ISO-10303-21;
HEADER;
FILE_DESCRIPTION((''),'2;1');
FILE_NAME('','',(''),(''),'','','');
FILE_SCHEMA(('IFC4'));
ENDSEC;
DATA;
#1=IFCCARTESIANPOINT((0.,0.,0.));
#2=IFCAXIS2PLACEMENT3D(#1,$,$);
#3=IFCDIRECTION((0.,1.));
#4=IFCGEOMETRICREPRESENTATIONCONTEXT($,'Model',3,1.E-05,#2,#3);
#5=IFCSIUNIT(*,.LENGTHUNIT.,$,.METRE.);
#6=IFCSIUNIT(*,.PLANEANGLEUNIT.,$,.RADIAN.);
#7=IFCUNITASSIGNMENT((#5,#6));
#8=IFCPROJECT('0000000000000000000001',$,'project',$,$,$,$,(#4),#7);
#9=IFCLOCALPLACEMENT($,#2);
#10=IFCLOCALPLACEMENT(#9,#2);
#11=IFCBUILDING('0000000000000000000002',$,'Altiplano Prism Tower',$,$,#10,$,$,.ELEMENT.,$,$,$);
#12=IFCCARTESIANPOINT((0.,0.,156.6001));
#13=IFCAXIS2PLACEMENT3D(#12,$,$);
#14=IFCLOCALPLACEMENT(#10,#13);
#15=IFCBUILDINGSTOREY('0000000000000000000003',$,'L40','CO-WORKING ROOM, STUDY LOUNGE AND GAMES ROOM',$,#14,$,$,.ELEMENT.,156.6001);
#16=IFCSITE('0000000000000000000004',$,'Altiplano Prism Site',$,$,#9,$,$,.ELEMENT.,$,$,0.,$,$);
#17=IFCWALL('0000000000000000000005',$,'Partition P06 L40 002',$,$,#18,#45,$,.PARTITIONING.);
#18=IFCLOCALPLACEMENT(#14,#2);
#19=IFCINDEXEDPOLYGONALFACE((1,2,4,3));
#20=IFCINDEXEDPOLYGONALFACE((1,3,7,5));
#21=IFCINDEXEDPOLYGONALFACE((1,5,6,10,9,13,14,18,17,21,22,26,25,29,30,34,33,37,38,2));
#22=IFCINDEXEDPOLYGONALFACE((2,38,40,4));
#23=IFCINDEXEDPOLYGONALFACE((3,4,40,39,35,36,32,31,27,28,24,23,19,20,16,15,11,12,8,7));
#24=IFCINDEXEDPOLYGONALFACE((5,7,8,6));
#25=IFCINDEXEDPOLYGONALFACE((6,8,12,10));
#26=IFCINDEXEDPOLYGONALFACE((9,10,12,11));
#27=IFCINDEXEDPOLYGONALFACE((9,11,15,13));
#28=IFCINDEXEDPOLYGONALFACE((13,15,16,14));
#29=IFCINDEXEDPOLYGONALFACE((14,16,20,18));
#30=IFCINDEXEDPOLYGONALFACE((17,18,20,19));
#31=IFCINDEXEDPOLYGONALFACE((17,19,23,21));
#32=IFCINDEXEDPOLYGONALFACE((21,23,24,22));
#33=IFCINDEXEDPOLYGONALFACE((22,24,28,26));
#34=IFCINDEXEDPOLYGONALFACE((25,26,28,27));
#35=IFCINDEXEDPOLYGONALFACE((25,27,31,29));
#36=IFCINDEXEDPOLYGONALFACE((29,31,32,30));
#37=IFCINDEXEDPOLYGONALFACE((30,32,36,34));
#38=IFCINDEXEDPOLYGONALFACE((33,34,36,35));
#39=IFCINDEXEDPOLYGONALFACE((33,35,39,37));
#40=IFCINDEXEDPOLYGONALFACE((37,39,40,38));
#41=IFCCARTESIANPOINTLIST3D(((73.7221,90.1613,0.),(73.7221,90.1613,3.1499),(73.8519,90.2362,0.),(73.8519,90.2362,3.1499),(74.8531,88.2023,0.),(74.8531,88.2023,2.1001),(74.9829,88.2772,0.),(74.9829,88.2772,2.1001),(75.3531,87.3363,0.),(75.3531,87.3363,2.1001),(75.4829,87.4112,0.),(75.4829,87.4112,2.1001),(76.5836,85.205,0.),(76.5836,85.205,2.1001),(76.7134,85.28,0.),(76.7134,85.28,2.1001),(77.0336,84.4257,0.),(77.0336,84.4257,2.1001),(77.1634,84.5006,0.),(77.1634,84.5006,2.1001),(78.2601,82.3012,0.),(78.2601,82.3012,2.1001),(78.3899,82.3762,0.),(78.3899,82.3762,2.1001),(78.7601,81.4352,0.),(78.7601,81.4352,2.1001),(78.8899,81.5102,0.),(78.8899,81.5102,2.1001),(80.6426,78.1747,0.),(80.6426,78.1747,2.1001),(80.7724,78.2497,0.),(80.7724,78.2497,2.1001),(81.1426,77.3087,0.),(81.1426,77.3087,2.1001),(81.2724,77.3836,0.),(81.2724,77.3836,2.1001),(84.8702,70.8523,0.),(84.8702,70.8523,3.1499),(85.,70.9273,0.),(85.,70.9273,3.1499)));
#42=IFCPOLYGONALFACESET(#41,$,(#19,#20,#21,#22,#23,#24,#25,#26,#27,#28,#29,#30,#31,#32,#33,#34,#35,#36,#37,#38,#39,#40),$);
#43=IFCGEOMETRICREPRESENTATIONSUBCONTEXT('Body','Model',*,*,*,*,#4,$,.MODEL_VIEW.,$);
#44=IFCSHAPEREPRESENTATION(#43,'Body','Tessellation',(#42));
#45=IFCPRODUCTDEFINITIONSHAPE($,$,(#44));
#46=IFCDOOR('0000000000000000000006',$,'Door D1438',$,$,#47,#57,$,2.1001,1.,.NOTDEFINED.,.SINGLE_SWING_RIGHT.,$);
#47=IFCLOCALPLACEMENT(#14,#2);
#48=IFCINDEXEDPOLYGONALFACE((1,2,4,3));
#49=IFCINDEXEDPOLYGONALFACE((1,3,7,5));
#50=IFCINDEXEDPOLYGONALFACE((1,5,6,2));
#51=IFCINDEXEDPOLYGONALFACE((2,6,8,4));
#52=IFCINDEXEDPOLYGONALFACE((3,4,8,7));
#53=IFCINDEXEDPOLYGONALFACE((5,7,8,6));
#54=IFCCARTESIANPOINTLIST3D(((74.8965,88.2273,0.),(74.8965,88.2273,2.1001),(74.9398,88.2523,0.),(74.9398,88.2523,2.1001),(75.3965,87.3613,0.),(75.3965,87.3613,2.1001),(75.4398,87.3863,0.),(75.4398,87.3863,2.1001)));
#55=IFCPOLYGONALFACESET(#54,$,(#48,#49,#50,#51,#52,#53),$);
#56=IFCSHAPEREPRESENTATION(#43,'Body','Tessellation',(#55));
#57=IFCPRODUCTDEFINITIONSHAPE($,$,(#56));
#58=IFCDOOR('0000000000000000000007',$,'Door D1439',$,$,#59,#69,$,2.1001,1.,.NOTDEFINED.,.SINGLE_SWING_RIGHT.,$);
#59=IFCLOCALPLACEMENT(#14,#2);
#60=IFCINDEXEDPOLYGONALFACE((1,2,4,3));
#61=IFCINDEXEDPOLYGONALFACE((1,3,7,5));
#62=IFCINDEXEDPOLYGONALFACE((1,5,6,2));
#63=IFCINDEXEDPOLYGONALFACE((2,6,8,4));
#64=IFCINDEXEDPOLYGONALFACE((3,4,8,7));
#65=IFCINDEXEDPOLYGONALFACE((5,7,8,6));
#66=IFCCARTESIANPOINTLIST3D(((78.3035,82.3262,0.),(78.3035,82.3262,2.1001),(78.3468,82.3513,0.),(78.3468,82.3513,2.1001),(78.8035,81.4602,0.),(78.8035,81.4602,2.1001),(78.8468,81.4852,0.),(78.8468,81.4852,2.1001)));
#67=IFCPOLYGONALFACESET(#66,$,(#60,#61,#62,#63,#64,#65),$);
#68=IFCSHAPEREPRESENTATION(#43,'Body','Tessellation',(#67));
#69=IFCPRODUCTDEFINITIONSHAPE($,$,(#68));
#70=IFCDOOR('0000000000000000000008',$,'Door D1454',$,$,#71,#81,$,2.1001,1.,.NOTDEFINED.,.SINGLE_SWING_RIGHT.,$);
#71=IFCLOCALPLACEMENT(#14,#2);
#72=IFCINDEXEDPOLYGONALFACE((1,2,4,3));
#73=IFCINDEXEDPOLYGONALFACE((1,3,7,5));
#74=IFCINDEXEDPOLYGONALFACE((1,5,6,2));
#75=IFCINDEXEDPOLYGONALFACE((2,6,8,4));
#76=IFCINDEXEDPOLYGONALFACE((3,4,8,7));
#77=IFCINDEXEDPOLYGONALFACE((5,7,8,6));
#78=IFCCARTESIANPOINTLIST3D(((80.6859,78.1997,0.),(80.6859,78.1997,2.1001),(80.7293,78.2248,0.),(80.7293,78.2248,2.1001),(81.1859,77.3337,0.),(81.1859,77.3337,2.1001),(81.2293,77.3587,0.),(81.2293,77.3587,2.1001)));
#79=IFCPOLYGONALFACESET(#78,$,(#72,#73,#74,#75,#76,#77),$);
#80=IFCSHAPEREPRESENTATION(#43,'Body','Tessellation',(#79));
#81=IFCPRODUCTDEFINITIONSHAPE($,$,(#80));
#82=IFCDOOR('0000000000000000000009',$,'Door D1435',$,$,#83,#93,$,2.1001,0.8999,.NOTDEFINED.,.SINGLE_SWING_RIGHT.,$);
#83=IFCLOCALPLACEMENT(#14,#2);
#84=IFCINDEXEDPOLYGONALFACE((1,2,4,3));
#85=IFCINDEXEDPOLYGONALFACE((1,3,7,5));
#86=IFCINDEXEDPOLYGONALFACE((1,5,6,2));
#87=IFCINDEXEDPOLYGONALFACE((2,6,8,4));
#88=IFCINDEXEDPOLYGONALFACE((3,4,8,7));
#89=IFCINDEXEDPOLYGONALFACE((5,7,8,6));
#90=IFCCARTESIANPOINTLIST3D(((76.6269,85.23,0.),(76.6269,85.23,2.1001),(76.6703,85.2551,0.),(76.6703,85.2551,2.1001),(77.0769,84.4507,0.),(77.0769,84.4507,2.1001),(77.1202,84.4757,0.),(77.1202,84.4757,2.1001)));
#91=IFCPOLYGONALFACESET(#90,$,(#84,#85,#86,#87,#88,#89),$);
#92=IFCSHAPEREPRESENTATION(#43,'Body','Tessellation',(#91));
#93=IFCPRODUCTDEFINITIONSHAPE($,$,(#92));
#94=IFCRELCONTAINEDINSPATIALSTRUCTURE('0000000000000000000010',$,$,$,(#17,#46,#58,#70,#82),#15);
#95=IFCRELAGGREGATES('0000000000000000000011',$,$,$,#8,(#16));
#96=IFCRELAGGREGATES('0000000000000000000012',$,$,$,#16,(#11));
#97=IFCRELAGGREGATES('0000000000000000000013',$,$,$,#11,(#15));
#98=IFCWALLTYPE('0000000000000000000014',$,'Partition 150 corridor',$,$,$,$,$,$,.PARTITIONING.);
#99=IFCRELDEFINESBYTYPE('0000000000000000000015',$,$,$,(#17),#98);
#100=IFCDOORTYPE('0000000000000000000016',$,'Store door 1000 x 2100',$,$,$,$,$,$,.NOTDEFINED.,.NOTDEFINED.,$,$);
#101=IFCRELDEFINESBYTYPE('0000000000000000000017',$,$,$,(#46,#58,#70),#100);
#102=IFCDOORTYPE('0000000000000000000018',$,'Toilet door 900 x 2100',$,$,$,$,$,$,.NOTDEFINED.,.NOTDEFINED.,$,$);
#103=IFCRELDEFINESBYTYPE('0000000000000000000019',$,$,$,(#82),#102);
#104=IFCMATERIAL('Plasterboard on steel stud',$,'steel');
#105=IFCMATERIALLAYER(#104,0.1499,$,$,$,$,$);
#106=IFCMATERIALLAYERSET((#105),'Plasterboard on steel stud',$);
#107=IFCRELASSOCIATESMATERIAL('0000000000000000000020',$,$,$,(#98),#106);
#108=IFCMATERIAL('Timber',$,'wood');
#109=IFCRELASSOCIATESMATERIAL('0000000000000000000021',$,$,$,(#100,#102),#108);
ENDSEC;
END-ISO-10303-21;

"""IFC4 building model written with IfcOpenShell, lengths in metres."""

from ifc_helpers import new_model, si_unit, direction, frame, frame_2d, origin, place, context, subcontext, project, spatial, rectangle, extrude, material, layer, layer_set, type_object, element, fill, save


model = new_model("IFC4")

# Units and contexts
model_context = context("Model", 3, precision=1e-05, world=origin(), true_north=direction((0.0, 1.0)))
body_context = subcontext(model_context, "Body", "Model", "MODEL_VIEW")
ifc_project = project(units=[si_unit("LENGTHUNIT", "METRE"), si_unit("PLANEANGLEUNIT", "RADIAN")], contexts=[model_context])

# Site, building, storey
site_placement = place(None, origin())
site = spatial("IfcSite", under=ifc_project, at=site_placement, Name="Altiplano Prism Site", CompositionType="ELEMENT", RefElevation=0.0)
building_placement = place(site_placement, origin())
building = spatial("IfcBuilding", under=site, at=building_placement, Name="Altiplano Prism Tower", CompositionType="ELEMENT")
storey_placement = place(building_placement, frame((0.0, 0.0, 156.6001)))
storey = spatial("IfcBuildingStorey", under=building, at=storey_placement, Name="L40", Description="CO-WORKING ROOM, STUDY LOUNGE AND GAMES ROOM", CompositionType="ELEMENT", Elevation=156.6001)

# Shared definitions
ifc_material_1 = material(Name="Plasterboard on steel stud", Category="steel")

# Wall, openings, doors
ifc_layer_1 = layer(ifc_material_1, 0.1499)
ifc_layer_set_1 = layer_set([ifc_layer_1], Name="Plasterboard on steel stud")
wall_type_1 = type_object("IfcWallType", Name="Partition 150 corridor", PredefinedType="PARTITIONING", material=ifc_layer_set_1)
wall_1_placement = place(storey_placement, frame((84.9351, 70.8899, 0.0), z_axis=(0.0, 0.0, 1.0), x_axis=(-0.500003, 0.866024, 0.0)))
wall_1 = element("IfcWall", 1, at=wall_1_placement, inside=storey, type_object=wall_type_1, Name="Partition P06 L40 002", PredefinedType="PARTITIONING", context=body_context, shape_type="SweptSolid", body=[
    extrude(rectangle(XDim=22.2961, YDim=0.1499, at=frame_2d((11.1479, 0.0))), origin(), (0.0, 0.0, 1.0), 3.1499),
])
opening_1_placement = place(wall_1_placement, frame((15.6731, 0.0, 0.0)))
opening_1 = element("IfcOpeningElement", 2, at=opening_1_placement, cuts=wall_1, PredefinedType="OPENING", context=body_context, shape_type="SweptSolid", body=[
    extrude(rectangle(XDim=0.8999, YDim=2.1001, at=frame_2d((0.45, 1.05))), frame((0.0, 0.0854, 0.0), z_axis=(0.0, -1.0, 0.0), x_axis=(1.0, 0.0, 0.0)), (0.0, 0.0, 1.0), 0.1709),
])
opening_2_placement = place(wall_1_placement, frame((19.0339, 0.0, 0.0)))
opening_2 = element("IfcOpeningElement", 3, at=opening_2_placement, cuts=wall_1, PredefinedType="OPENING", context=body_context, shape_type="SweptSolid", body=[
    extrude(rectangle(XDim=1.0, YDim=2.1001, at=frame_2d((0.5, 1.05))), frame((0.0, 0.0854, 0.0), z_axis=(0.0, -1.0, 0.0), x_axis=(1.0, 0.0, 0.0)), (0.0, 0.0, 1.0), 0.1709),
])
opening_3_placement = place(wall_1_placement, frame((12.22, 0.0, 0.0)))
opening_3 = element("IfcOpeningElement", 4, at=opening_3_placement, cuts=wall_1, PredefinedType="OPENING", context=body_context, shape_type="SweptSolid", body=[
    extrude(rectangle(XDim=1.0, YDim=2.1001, at=frame_2d((0.5, 1.05))), frame((0.0, 0.0854, 0.0), z_axis=(0.0, -1.0, 0.0), x_axis=(1.0, 0.0, 0.0)), (0.0, 0.0, 1.0), 0.1709),
])
opening_4_placement = place(wall_1_placement, frame((7.4551, 0.0, 0.0)))
opening_4 = element("IfcOpeningElement", 5, at=opening_4_placement, cuts=wall_1, PredefinedType="OPENING", context=body_context, shape_type="SweptSolid", body=[
    extrude(rectangle(XDim=1.0, YDim=2.1001, at=frame_2d((0.5, 1.05))), frame((0.0, 0.0854, 0.0), z_axis=(0.0, -1.0, 0.0), x_axis=(1.0, 0.0, 0.0)), (0.0, 0.0, 1.0), 0.1709),
])
ifc_material_2 = material(Name="Timber", Category="wood")
door_type_1 = type_object("IfcDoorType", Name="Store door 1000 x 2100", OperationType="NOTDEFINED", PredefinedType="NOTDEFINED", material=ifc_material_2)
door_1_placement = place(opening_2_placement, origin())
door_1 = element("IfcDoor", 6, at=door_1_placement, inside=storey, type_object=door_type_1, Name="Door D1438", OperationType="SINGLE_SWING_RIGHT", OverallHeight=2.1001, OverallWidth=1.0, PredefinedType="NOTDEFINED", context=body_context, shape_type="SweptSolid", body=[
    extrude(rectangle(XDim=1.0, YDim=2.1001, at=frame_2d((0.5, 1.05))), frame((0.0, 0.0249, 0.0), z_axis=(0.0, -1.0, 0.0), x_axis=(1.0, 0.0, 0.0)), (0.0, 0.0, 1.0), 0.05),
])
fill(opening_2, door_1)
door_2_placement = place(opening_3_placement, origin())
door_2 = element("IfcDoor", 7, at=door_2_placement, inside=storey, type_object=door_type_1, Name="Door D1439", OperationType="SINGLE_SWING_RIGHT", OverallHeight=2.1001, OverallWidth=1.0, PredefinedType="NOTDEFINED", context=body_context, shape_type="SweptSolid", body=[
    extrude(rectangle(XDim=1.0, YDim=2.1001, at=frame_2d((0.5, 1.05))), frame((0.0, 0.0249, 0.0), z_axis=(0.0, -1.0, 0.0), x_axis=(1.0, 0.0, 0.0)), (0.0, 0.0, 1.0), 0.05),
])
fill(opening_3, door_2)
door_3_placement = place(opening_4_placement, origin())
door_3 = element("IfcDoor", 8, at=door_3_placement, inside=storey, type_object=door_type_1, Name="Door D1454", OperationType="SINGLE_SWING_RIGHT", OverallHeight=2.1001, OverallWidth=1.0, PredefinedType="NOTDEFINED", context=body_context, shape_type="SweptSolid", body=[
    extrude(rectangle(XDim=1.0, YDim=2.1001, at=frame_2d((0.5, 1.05))), frame((0.0, 0.0249, 0.0), z_axis=(0.0, -1.0, 0.0), x_axis=(1.0, 0.0, 0.0)), (0.0, 0.0, 1.0), 0.05),
])
fill(opening_4, door_3)
door_type_2 = type_object("IfcDoorType", Name="Toilet door 900 x 2100", OperationType="NOTDEFINED", PredefinedType="NOTDEFINED", material=ifc_material_2)
door_4_placement = place(opening_1_placement, origin())
door_4 = element("IfcDoor", 9, at=door_4_placement, inside=storey, type_object=door_type_2, Name="Door D1435", OperationType="SINGLE_SWING_RIGHT", OverallHeight=2.1001, OverallWidth=0.8999, PredefinedType="NOTDEFINED", context=body_context, shape_type="SweptSolid", body=[
    extrude(rectangle(XDim=0.8999, YDim=2.1001, at=frame_2d((0.45, 1.05))), frame((0.0, 0.0249, 0.0), z_axis=(0.0, -1.0, 0.0), x_axis=(1.0, 0.0, 0.0)), (0.0, 0.0, 1.0), 0.05),
])
fill(opening_1, door_4)

save(model, "model.ifc")
